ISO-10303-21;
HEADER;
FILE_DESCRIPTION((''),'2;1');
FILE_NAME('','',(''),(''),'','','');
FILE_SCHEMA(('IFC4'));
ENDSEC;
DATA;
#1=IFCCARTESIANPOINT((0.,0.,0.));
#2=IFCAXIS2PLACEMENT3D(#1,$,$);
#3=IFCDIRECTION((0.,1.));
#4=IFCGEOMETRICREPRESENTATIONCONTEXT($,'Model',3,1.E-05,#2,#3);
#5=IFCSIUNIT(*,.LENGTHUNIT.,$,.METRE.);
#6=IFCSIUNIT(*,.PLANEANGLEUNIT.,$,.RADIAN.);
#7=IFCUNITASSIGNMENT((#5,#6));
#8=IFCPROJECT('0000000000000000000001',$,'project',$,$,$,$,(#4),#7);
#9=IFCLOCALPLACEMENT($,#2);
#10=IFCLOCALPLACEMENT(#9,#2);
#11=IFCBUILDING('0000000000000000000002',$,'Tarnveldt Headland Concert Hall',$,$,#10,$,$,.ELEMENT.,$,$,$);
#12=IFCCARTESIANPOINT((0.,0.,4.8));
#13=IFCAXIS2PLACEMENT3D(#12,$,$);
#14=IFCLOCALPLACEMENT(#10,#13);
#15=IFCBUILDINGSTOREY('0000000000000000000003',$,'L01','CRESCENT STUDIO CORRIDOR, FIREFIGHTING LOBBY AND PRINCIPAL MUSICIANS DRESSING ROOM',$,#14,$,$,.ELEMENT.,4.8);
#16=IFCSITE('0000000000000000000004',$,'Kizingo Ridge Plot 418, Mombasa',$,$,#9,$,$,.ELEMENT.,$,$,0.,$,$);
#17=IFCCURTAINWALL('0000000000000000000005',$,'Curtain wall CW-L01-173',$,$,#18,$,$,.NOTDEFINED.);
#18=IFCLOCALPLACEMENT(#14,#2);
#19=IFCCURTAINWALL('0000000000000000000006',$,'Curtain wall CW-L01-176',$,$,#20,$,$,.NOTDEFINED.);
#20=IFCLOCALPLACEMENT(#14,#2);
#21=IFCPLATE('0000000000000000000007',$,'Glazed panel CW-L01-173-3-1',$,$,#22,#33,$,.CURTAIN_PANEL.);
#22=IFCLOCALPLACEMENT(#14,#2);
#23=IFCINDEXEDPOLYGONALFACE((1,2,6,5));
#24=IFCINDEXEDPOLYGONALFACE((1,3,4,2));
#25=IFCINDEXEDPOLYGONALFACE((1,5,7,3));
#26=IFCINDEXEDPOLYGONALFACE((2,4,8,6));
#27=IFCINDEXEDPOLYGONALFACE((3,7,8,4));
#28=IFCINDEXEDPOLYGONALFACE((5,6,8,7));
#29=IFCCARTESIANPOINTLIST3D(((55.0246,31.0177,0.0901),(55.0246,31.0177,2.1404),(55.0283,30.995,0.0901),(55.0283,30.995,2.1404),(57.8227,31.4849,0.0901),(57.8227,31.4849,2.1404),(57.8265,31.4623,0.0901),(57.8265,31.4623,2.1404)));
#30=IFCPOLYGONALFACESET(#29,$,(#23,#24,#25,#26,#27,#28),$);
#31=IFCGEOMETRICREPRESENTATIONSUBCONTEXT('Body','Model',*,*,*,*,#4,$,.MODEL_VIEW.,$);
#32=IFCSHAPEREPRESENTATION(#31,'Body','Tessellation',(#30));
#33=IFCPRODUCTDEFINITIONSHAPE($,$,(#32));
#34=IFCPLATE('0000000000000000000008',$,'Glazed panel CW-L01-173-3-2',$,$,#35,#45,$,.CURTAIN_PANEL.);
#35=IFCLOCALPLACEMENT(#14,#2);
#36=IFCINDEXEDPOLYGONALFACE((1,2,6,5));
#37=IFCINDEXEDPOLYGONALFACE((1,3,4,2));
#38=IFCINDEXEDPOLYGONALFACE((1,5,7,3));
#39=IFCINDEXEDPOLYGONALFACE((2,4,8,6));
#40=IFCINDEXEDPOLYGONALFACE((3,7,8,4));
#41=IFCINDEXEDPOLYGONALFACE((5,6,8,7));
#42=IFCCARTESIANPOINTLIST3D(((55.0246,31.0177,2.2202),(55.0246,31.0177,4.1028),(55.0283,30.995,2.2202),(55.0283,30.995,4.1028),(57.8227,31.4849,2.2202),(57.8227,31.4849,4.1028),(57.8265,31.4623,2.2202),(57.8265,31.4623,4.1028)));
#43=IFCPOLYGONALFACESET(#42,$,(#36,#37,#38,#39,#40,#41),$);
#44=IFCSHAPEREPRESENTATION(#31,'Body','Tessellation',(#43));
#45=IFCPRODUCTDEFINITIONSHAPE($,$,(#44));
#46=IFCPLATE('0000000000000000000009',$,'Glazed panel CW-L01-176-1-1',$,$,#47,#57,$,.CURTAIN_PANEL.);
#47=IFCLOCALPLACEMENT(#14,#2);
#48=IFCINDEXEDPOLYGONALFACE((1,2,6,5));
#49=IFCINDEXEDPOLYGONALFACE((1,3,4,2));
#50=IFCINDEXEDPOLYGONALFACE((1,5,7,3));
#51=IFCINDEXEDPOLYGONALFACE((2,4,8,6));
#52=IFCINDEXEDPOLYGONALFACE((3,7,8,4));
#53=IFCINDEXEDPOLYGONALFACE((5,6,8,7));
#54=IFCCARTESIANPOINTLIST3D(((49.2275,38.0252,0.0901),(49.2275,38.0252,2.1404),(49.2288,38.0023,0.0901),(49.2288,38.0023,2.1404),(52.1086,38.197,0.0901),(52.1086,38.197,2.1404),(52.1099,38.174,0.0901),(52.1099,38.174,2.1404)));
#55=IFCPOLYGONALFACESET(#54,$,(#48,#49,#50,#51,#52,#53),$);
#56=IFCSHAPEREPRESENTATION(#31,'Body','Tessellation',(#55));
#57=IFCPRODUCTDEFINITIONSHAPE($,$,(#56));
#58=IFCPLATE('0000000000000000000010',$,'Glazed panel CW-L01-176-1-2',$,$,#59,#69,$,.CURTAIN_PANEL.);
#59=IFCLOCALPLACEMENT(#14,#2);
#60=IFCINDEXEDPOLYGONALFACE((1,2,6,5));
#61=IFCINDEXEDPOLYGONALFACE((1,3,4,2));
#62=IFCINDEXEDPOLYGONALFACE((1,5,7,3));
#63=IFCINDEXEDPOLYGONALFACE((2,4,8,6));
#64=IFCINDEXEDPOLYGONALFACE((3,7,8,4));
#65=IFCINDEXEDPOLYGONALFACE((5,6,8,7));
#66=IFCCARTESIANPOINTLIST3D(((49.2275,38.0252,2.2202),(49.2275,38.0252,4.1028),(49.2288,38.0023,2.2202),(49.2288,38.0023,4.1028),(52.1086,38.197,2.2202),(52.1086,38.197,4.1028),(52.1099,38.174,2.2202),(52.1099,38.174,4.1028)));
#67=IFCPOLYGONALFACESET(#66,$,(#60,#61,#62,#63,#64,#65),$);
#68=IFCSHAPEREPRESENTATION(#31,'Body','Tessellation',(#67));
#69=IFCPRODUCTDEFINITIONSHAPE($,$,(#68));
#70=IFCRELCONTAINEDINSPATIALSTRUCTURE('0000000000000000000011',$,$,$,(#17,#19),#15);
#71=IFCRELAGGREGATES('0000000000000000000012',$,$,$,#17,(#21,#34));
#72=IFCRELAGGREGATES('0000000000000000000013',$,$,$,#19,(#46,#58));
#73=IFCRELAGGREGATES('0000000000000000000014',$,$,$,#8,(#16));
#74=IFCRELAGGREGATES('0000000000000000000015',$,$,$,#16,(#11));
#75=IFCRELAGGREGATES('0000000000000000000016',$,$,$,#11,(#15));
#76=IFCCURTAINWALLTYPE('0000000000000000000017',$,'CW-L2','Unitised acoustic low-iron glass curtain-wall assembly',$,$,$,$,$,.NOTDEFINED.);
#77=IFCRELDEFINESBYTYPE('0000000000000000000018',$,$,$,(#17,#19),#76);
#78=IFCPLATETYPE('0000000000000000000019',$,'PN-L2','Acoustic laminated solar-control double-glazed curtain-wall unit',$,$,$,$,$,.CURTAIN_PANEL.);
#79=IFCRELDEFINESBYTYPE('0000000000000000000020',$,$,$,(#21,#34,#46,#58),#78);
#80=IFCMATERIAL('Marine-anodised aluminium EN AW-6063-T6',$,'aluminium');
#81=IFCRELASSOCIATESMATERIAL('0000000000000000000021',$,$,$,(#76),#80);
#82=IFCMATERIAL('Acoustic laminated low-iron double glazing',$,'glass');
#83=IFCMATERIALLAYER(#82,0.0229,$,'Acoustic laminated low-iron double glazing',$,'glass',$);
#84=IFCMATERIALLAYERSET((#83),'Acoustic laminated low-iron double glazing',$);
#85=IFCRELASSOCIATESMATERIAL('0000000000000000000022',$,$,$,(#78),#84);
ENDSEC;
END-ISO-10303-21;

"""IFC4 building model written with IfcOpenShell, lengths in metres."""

from ifc_helpers import new_model, si_unit, direction, frame, origin, origin_2d, place, context, subcontext, project, spatial, rectangle, extrude, material, layer, layer_set, type_object, element, aggregate, save


model = new_model("IFC4")

# Units and contexts
model_context = context("Model", 3, precision=1e-05, world=origin(), true_north=direction((0.0, 1.0)))
body_context = subcontext(model_context, "Body", "Model", "MODEL_VIEW")
ifc_project = project(units=[si_unit("LENGTHUNIT", "METRE"), si_unit("PLANEANGLEUNIT", "RADIAN")], contexts=[model_context])

# Site, building, storey
site_placement = place(None, origin())
site = spatial("IfcSite", under=ifc_project, at=site_placement, Name="Kizingo Ridge Plot 418, Mombasa", CompositionType="ELEMENT", RefElevation=0.0)
building_placement = place(site_placement, origin())
building = spatial("IfcBuilding", under=site, at=building_placement, Name="Tarnveldt Headland Concert Hall", CompositionType="ELEMENT")
storey_placement = place(building_placement, frame((0.0, 0.0, 4.8)))
storey = spatial("IfcBuildingStorey", under=building, at=storey_placement, Name="L01", Description="CRESCENT STUDIO CORRIDOR, FIREFIGHTING LOBBY AND PRINCIPAL MUSICIANS DRESSING ROOM", CompositionType="ELEMENT", Elevation=4.8)

# Curtain wall
ifc_material_1 = material(Name="Marine-anodised aluminium EN AW-6063-T6", Category="aluminium")
curtain_wall_type = type_object("IfcCurtainWallType", Name="CW-L2", Description="Unitised acoustic low-iron glass curtain-wall assembly", PredefinedType="NOTDEFINED", material=ifc_material_1)
curtain_wall_1_placement = place(storey_placement, origin())
curtain_wall_1 = element("IfcCurtainWall", 1, at=curtain_wall_1_placement, inside=storey, type_object=curtain_wall_type, Name="Curtain wall CW-L01-173", PredefinedType="NOTDEFINED")

# Curtain wall
curtain_wall_2_placement = place(storey_placement, origin())
curtain_wall_2 = element("IfcCurtainWall", 2, at=curtain_wall_2_placement, inside=storey, type_object=curtain_wall_type, Name="Curtain wall CW-L01-176", PredefinedType="NOTDEFINED")

# Plates
ifc_material_2 = material(Name="Acoustic laminated low-iron double glazing", Category="glass")
ifc_layer_1 = layer(ifc_material_2, 0.0229, Name="Acoustic laminated low-iron double glazing", Category="glass")
ifc_layer_set_1 = layer_set([ifc_layer_1], Name="Acoustic laminated low-iron double glazing")
plate_type_1 = type_object("IfcPlateType", Name="PN-L2", Description="Acoustic laminated solar-control double-glazed curtain-wall unit", PredefinedType="CURTAIN_PANEL", material=ifc_layer_set_1)
plate_1_placement = place(storey_placement, frame((56.4255, 31.24, 0.0901), z_axis=(0.0, 0.0, 1.0), x_axis=(0.986343, 0.164703, 0.0)))
plate_1 = element("IfcPlate", 3, at=plate_1_placement, type_object=plate_type_1, Name="Glazed panel CW-L01-173-3-1", PredefinedType="CURTAIN_PANEL", context=body_context, shape_type="SweptSolid", body=[
    extrude(rectangle(XDim=2.8369, YDim=0.0229, at=origin_2d()), origin(), (0.0, 0.0, 1.0), 2.0503),
])
plate_2_placement = place(storey_placement, frame((56.4255, 31.24, 2.2202), z_axis=(0.0, 0.0, 1.0), x_axis=(0.986343, 0.164703, 0.0)))
plate_2 = element("IfcPlate", 4, at=plate_2_placement, type_object=plate_type_1, Name="Glazed panel CW-L01-173-3-2", PredefinedType="CURTAIN_PANEL", context=body_context, shape_type="SweptSolid", body=[
    extrude(rectangle(XDim=2.8369, YDim=0.0229, at=origin_2d()), origin(), (0.0, 0.0, 1.0), 1.8826),
])
aggregate(curtain_wall_1, [plate_1, plate_2])
plate_3_placement = place(storey_placement, frame((50.6687, 38.0996, 0.0901), z_axis=(0.0, 0.0, 1.0), x_axis=(0.998227, 0.059515, 0.0)))
plate_3 = element("IfcPlate", 5, at=plate_3_placement, type_object=plate_type_1, Name="Glazed panel CW-L01-176-1-1", PredefinedType="CURTAIN_PANEL", context=body_context, shape_type="SweptSolid", body=[
    extrude(rectangle(XDim=2.8862, YDim=0.0229, at=origin_2d()), origin(), (0.0, 0.0, 1.0), 2.0503),
])
plate_4_placement = place(storey_placement, frame((50.6687, 38.0996, 2.2202), z_axis=(0.0, 0.0, 1.0), x_axis=(0.998227, 0.059515, 0.0)))
plate_4 = element("IfcPlate", 6, at=plate_4_placement, type_object=plate_type_1, Name="Glazed panel CW-L01-176-1-2", PredefinedType="CURTAIN_PANEL", context=body_context, shape_type="SweptSolid", body=[
    extrude(rectangle(XDim=2.8862, YDim=0.0229, at=origin_2d()), origin(), (0.0, 0.0, 1.0), 1.8826),
])
aggregate(curtain_wall_2, [plate_3, plate_4])

save(model, "model.ifc")
